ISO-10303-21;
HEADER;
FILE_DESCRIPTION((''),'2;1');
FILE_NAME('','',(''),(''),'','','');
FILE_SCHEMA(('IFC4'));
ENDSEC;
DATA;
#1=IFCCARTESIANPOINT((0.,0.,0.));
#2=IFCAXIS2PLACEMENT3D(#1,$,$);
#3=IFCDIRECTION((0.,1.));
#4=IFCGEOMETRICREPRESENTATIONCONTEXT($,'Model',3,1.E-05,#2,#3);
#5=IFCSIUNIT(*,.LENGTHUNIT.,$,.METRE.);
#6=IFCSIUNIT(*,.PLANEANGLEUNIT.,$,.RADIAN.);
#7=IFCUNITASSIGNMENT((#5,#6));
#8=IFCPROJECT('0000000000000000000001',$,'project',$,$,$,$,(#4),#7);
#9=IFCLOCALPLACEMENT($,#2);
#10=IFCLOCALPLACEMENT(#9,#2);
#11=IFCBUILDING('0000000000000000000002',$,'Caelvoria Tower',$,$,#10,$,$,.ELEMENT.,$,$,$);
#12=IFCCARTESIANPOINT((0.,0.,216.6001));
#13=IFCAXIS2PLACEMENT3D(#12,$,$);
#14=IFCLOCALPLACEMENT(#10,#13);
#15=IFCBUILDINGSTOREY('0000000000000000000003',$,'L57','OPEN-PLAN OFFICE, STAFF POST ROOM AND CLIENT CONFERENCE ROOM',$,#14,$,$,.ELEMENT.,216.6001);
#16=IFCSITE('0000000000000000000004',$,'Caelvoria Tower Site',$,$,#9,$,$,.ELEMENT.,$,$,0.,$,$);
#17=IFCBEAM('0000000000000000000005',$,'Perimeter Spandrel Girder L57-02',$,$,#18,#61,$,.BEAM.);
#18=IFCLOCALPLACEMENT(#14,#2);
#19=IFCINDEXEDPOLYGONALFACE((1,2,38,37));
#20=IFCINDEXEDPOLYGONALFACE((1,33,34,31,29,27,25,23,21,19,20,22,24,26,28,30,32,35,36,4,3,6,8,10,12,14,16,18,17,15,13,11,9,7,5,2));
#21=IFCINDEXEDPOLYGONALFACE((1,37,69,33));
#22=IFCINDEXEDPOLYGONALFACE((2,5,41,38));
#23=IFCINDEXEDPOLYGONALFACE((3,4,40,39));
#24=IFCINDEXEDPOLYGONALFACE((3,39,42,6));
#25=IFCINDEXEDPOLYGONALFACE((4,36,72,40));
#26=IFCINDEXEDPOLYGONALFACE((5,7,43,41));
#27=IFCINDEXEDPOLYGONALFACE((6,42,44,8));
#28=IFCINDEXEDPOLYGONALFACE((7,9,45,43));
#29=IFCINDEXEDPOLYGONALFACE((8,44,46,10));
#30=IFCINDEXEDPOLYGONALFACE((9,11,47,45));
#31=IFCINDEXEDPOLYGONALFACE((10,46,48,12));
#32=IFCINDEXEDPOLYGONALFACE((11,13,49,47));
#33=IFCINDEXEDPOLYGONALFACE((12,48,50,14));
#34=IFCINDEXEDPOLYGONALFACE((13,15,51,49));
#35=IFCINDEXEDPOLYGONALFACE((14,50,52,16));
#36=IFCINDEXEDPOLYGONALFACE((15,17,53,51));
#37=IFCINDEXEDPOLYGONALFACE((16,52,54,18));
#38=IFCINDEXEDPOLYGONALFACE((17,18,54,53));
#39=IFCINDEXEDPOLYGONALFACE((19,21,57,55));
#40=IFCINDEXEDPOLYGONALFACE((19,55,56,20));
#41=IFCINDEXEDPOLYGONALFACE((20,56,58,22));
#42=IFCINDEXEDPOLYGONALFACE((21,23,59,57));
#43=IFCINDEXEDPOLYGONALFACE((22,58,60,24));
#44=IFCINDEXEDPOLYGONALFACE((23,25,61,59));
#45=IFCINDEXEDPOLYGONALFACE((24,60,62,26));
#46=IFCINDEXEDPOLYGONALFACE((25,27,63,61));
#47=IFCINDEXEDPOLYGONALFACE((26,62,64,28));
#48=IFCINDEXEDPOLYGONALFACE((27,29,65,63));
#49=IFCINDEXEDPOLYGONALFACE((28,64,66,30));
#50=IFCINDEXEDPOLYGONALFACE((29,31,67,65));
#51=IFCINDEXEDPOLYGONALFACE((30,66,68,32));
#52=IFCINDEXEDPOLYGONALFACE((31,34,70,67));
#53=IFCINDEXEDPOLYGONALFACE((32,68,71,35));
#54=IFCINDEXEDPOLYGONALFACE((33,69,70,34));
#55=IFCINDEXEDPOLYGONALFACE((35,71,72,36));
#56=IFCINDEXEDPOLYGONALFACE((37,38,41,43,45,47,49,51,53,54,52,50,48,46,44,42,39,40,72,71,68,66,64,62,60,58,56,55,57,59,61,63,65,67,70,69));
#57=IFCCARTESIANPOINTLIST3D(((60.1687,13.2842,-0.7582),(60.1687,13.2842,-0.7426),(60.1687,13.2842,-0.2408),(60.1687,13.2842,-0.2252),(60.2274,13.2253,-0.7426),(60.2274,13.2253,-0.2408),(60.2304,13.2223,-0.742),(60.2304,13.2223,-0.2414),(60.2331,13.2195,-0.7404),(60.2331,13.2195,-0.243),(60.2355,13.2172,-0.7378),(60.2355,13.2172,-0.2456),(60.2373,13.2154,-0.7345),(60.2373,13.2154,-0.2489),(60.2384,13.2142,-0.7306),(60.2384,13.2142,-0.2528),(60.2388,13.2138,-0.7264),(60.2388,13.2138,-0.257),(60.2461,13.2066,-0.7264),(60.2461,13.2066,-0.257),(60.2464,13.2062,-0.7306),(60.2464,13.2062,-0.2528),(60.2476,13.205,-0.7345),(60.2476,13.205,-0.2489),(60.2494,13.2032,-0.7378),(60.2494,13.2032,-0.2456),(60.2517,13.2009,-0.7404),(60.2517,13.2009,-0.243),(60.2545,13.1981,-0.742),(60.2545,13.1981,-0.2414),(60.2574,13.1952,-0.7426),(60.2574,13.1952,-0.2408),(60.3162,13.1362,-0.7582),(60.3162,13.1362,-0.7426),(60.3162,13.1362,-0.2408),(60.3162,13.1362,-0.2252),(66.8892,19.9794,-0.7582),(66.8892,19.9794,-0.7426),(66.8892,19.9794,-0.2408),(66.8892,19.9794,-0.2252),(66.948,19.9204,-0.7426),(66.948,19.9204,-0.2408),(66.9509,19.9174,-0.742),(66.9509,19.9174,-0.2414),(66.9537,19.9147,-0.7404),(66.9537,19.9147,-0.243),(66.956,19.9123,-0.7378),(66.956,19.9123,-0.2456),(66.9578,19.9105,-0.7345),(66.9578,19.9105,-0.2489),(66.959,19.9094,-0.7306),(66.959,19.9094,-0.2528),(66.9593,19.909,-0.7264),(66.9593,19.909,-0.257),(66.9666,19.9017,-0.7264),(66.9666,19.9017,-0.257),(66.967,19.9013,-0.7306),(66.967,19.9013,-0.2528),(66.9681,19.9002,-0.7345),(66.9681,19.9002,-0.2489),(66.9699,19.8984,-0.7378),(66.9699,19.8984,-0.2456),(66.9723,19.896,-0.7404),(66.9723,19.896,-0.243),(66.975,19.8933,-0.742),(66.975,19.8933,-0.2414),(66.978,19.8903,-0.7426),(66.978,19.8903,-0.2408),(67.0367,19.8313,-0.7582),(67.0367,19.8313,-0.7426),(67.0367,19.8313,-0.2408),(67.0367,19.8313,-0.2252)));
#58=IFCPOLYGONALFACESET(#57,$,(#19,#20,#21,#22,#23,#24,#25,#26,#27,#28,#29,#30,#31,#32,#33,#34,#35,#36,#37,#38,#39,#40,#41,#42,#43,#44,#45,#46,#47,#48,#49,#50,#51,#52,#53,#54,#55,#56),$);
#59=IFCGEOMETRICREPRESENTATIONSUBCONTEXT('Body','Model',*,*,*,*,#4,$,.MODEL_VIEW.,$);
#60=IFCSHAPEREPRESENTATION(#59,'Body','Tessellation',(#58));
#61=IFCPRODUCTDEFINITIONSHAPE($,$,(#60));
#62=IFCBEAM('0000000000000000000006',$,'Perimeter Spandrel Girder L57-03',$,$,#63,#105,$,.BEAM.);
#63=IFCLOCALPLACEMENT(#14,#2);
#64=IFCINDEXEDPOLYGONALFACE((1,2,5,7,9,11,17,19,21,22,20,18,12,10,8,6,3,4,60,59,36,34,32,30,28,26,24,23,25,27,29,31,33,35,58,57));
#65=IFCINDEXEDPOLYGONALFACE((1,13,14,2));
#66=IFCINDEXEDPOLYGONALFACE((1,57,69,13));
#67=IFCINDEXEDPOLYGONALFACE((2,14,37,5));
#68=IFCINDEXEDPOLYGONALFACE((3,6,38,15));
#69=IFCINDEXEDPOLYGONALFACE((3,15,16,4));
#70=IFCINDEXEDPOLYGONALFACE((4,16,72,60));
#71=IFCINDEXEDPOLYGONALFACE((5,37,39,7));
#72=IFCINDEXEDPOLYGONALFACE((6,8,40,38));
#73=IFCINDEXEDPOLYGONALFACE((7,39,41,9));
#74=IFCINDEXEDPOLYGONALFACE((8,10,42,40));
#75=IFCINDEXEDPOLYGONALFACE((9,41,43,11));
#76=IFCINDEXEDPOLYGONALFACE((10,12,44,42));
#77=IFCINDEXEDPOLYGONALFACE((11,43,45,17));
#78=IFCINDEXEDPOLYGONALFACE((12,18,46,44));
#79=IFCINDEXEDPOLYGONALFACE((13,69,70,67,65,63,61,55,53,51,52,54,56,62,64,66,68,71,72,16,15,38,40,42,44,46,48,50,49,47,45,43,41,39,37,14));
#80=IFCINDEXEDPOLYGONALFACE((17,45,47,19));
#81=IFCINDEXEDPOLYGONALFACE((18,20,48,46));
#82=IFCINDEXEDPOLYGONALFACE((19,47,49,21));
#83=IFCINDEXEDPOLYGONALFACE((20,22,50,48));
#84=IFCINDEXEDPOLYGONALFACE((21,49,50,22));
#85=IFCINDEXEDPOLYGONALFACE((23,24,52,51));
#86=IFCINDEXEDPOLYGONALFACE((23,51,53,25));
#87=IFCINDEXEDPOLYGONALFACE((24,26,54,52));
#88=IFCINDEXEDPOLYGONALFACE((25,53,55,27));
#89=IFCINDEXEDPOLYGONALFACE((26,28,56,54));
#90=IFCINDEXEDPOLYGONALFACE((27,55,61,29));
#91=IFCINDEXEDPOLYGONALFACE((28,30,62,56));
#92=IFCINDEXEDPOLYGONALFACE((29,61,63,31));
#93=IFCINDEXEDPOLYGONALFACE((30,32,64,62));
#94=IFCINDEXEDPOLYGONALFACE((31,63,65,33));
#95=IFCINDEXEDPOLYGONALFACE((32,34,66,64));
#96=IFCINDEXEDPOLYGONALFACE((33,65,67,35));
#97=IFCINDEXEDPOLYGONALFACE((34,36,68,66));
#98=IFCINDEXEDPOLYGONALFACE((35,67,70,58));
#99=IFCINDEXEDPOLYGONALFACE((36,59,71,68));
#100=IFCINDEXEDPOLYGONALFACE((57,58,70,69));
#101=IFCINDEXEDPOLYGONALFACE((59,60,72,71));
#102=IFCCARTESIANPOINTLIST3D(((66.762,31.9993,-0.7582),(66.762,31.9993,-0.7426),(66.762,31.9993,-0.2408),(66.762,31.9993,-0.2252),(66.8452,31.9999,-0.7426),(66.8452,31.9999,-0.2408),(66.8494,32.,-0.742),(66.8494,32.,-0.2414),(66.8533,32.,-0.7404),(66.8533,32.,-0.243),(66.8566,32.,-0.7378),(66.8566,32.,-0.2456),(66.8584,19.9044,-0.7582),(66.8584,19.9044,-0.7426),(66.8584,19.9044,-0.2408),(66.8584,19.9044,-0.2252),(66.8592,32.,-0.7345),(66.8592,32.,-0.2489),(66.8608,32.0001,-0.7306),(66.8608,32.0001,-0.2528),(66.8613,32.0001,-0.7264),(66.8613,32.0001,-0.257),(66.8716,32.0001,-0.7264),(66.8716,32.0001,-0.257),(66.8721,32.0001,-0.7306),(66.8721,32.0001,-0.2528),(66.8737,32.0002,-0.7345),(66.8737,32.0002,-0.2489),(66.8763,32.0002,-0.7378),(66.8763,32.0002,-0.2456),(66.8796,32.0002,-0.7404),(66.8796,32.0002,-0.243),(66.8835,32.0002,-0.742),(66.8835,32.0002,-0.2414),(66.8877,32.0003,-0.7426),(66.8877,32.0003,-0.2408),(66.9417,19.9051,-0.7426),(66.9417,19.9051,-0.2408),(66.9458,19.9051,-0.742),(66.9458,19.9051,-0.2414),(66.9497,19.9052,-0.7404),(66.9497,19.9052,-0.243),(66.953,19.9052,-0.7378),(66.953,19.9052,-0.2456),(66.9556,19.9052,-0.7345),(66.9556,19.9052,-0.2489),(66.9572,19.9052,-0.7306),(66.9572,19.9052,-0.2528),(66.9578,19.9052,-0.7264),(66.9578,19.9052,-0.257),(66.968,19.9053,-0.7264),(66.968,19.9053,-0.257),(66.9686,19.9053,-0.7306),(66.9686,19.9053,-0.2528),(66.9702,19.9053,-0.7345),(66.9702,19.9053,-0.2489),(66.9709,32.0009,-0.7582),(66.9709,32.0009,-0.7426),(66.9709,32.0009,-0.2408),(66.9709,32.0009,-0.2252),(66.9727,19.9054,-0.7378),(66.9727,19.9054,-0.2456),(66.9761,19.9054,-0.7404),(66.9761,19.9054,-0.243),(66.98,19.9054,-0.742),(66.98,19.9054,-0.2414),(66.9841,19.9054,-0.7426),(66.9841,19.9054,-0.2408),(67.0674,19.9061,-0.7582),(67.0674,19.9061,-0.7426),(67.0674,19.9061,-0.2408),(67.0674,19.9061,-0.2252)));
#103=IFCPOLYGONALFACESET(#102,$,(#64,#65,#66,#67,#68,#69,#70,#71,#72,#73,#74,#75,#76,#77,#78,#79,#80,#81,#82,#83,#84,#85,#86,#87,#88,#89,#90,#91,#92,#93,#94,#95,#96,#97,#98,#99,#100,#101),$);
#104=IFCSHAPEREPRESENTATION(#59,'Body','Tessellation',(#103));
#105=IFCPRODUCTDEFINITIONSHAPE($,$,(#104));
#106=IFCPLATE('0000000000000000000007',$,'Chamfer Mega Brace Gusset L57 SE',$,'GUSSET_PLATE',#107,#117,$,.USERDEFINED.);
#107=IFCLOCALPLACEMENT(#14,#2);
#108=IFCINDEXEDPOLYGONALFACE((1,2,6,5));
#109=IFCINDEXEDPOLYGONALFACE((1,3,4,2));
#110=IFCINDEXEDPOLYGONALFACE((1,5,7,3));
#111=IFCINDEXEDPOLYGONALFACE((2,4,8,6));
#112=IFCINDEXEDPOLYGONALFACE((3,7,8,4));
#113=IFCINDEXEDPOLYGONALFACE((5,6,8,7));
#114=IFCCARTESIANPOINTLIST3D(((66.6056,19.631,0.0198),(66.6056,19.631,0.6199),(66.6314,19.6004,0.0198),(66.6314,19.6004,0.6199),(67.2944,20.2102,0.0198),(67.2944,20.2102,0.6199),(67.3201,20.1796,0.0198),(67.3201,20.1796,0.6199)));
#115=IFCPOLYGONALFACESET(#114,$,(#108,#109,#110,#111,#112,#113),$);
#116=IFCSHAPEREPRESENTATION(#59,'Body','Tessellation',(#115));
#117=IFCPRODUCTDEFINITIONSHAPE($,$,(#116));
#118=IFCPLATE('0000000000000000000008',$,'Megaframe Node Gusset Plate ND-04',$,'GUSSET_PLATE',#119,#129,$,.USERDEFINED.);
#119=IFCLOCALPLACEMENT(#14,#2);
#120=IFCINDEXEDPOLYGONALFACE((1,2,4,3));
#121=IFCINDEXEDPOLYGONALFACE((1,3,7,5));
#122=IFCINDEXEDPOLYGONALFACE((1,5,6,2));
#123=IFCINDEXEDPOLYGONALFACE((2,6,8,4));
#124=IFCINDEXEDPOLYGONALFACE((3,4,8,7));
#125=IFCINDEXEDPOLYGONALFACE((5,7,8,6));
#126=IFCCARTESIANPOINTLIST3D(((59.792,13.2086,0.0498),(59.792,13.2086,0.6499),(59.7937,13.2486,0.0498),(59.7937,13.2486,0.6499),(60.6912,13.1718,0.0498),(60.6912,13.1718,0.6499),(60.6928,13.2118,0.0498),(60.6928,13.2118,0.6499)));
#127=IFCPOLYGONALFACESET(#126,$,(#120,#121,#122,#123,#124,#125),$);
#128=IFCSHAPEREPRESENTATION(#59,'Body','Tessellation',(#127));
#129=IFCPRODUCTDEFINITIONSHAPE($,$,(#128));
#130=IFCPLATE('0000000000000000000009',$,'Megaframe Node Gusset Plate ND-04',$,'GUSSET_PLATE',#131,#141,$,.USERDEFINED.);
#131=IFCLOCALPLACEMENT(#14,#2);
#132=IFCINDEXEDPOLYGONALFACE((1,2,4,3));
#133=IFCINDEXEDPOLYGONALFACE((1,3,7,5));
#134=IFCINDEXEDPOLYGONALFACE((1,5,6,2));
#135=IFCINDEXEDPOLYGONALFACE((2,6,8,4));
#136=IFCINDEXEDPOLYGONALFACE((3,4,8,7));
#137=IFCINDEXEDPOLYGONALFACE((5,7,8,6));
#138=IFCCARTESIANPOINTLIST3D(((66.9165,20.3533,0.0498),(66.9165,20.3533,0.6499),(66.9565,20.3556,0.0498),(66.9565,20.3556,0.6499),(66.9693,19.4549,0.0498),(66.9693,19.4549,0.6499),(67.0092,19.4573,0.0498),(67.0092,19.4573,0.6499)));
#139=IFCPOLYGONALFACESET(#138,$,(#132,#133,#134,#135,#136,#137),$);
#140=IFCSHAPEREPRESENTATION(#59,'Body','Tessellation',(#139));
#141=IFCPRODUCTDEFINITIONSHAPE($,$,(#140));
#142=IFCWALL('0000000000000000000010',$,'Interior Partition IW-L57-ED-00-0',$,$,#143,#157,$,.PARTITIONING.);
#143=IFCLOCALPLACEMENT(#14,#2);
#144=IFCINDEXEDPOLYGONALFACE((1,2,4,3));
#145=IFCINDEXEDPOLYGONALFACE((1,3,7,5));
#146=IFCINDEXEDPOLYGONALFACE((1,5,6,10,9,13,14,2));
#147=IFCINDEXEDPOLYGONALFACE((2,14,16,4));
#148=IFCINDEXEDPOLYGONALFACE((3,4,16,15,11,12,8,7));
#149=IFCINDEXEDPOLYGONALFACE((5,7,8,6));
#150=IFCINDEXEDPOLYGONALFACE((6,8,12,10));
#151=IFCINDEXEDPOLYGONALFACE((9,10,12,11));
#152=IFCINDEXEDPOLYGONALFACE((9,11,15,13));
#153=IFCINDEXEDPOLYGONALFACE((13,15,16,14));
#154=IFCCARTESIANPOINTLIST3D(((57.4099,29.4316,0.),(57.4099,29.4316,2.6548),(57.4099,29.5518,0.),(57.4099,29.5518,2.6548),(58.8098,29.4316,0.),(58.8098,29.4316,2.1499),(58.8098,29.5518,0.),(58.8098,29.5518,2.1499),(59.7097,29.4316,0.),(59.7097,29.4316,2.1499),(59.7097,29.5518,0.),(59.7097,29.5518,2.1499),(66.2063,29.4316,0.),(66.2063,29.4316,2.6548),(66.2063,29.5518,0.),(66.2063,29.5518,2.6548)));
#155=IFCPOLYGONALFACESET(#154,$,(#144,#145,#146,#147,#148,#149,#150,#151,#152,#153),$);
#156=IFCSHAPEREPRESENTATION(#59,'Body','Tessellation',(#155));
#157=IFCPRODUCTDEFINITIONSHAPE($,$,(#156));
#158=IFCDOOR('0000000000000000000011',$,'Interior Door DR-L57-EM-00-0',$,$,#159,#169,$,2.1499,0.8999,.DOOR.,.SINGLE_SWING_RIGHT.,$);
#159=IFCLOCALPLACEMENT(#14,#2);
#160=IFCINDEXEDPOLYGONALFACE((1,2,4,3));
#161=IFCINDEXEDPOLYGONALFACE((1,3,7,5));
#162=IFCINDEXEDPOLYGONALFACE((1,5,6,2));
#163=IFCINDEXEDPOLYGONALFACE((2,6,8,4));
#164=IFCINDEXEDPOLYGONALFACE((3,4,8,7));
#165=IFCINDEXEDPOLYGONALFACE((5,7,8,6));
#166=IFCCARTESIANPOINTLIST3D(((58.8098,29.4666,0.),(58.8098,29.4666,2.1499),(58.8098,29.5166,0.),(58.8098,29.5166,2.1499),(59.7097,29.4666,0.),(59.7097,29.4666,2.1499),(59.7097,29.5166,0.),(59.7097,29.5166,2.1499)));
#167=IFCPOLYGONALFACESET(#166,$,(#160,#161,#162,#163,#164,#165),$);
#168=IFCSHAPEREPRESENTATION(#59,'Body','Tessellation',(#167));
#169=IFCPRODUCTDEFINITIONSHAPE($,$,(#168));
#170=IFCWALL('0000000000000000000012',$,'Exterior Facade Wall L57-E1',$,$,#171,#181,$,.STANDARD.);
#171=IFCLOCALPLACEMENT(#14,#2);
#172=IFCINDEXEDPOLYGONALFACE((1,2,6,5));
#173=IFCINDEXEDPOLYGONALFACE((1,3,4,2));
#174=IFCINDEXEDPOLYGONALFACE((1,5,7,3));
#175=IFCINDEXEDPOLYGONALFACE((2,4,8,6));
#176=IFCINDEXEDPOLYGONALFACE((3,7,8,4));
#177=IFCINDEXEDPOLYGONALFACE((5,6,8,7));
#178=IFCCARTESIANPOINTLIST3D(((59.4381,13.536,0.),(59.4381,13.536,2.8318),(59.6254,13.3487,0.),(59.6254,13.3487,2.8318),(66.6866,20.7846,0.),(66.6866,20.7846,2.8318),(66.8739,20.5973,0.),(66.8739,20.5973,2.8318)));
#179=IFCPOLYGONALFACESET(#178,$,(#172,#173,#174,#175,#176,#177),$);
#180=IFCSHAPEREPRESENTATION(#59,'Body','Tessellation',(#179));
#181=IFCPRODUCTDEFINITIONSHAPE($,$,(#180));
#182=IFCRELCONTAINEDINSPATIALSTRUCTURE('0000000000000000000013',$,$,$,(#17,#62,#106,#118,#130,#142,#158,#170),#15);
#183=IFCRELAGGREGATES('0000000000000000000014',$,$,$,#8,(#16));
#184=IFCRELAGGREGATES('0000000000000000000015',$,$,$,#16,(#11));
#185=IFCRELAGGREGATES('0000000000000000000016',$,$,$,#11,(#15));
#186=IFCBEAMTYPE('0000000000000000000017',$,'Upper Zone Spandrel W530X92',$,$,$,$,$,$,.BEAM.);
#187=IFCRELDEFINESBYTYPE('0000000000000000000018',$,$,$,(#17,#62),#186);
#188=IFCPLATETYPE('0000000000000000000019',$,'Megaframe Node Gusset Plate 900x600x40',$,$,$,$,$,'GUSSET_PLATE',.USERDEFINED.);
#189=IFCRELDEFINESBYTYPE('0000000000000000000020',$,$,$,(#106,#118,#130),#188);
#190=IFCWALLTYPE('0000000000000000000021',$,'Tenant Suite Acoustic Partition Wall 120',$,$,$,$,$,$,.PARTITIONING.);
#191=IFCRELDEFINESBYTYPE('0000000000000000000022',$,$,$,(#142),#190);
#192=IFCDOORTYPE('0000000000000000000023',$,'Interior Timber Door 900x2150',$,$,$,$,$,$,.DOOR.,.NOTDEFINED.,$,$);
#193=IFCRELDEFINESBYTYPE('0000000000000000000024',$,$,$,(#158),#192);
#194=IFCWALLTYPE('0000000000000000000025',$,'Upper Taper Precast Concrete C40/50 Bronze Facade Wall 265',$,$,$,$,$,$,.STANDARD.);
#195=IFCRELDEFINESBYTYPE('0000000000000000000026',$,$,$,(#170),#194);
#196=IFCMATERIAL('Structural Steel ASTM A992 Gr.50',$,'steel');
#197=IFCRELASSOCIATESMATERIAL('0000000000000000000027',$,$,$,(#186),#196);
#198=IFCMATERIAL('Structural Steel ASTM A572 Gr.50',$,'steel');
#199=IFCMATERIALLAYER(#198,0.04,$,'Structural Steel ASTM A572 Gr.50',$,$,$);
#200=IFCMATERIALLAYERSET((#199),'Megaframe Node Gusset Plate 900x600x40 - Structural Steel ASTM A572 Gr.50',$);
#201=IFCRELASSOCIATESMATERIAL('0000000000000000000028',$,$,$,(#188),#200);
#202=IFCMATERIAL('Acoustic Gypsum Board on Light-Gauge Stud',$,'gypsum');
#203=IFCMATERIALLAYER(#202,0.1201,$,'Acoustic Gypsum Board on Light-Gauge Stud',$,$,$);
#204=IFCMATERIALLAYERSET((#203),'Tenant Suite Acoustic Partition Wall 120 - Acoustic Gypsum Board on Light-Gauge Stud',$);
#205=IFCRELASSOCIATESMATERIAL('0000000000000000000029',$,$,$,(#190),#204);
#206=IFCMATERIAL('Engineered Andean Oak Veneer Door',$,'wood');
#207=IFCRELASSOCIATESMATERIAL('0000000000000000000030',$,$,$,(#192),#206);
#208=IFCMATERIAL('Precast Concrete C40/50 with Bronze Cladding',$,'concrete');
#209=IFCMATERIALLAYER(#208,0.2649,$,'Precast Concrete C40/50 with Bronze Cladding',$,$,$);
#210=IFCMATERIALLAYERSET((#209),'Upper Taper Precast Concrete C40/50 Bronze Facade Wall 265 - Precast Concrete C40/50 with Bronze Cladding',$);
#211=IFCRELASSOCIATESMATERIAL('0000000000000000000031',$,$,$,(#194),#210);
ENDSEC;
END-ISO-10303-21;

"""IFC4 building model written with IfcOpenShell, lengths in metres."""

from ifc_helpers import new_model, si_unit, direction, frame, frame_2d, origin, origin_2d, place, context, subcontext, project, spatial, rectangle, i_section, extrude, material, layer, layer_set, material_profile, profile_set, type_object, element, fill, save


model = new_model("IFC4")

# Units and contexts
model_context = context("Model", 3, precision=1e-05, world=origin(), true_north=direction((0.0, 1.0)))
body_context = subcontext(model_context, "Body", "Model", "MODEL_VIEW")
ifc_project = project(units=[si_unit("LENGTHUNIT", "METRE"), si_unit("PLANEANGLEUNIT", "RADIAN")], contexts=[model_context])

# Site, building, storey
site_placement = place(None, origin())
site = spatial("IfcSite", under=ifc_project, at=site_placement, Name="Caelvoria Tower Site", CompositionType="ELEMENT", RefElevation=0.0)
building_placement = place(site_placement, origin())
building = spatial("IfcBuilding", under=site, at=building_placement, Name="Caelvoria Tower", CompositionType="ELEMENT")
storey_placement = place(building_placement, frame((0.0, 0.0, 216.6001)))
storey = spatial("IfcBuildingStorey", under=building, at=storey_placement, Name="L57", Description="OPEN-PLAN OFFICE, STAFF POST ROOM AND CLIENT CONFERENCE ROOM", CompositionType="ELEMENT", Elevation=216.6001)

# Shared definitions
ifc_material_1 = material(Name="Structural Steel ASTM A572 Gr.50", Category="steel")
ifc_material_2 = material(Name="Structural Steel ASTM A992 Gr.50", Category="steel")

# Beams
ifc_material_profile_1 = material_profile(ifc_material_2, i_section(OverallWidth=0.209, OverallDepth=0.533, WebThickness=0.0103, FlangeThickness=0.0156, FilletRadius=0.0161, at=origin_2d()), Name="Structural Steel ASTM A992 Gr.50")
ifc_profile_set_1 = profile_set([ifc_material_profile_1], Name="W530X92 - Structural Steel ASTM A992 Gr.50")
beam_type_1 = type_object("IfcBeamType", Name="Upper Zone Spandrel W530X92", PredefinedType="BEAM", material=ifc_profile_set_1)
beam_1_placement = place(storey_placement, frame((60.2424, 13.2102, -0.4917), z_axis=(0.708444, 0.705767, 0.0), x_axis=(-0.705767, 0.708444, 0.0)))
element("IfcBeam", 1, at=beam_1_placement, inside=storey, type_object=beam_type_1, Name="Perimeter Spandrel Girder L57-02", PredefinedType="BEAM", context=body_context, shape_type="SweptSolid", body=[
    extrude(i_section(OverallWidth=0.209, OverallDepth=0.533, WebThickness=0.0103, FlangeThickness=0.0156, FilletRadius=0.0161, at=origin_2d()), origin(), (0.0, 0.0, 1.0), 9.4863),
])
beam_2_placement = place(storey_placement, frame((66.9629, 19.9053, -0.4917), z_axis=(-0.007973, 0.999968, 0.0), x_axis=(-0.999968, -0.007973, 0.0)))
element("IfcBeam", 2, at=beam_2_placement, inside=storey, type_object=beam_type_1, Name="Perimeter Spandrel Girder L57-03", PredefinedType="BEAM", context=body_context, shape_type="SweptSolid", body=[
    extrude(i_section(OverallWidth=0.209, OverallDepth=0.533, WebThickness=0.0103, FlangeThickness=0.0156, FilletRadius=0.0161, at=origin_2d()), origin(), (0.0, 0.0, 1.0), 12.0952),
])

# Plates
ifc_layer_1 = layer(ifc_material_1, 0.04, Name="Structural Steel ASTM A572 Gr.50")
ifc_layer_set_1 = layer_set([ifc_layer_1], Name="Megaframe Node Gusset Plate 900x600x40 - Structural Steel ASTM A572 Gr.50")
plate_type = type_object("IfcPlateType", Name="Megaframe Node Gusset Plate 900x600x40", ElementType="GUSSET_PLATE", PredefinedType="USERDEFINED", material=ifc_layer_set_1)
for number, where, z_axis, x_axis, name in (
    (3, (66.9629, 19.9053, 0.0198), (0.0, 0.0, 1.0), (-0.765339, -0.643627, 0.0), "Chamfer Mega Brace Gusset L57 SE"),
    (4, (60.2424, 13.2102, 0.0498), (0.0, 0.0, 1.0), (-0.999165, 0.040864, 0.0), "Megaframe Node Gusset Plate ND-04"),
    (5, (66.9629, 19.9053, 0.0498), (0.0, 0.0, 1.0), (-0.058611, 0.998281, 0.0), "Megaframe Node Gusset Plate ND-04"),
):
    element("IfcPlate", number, at=place(storey_placement, frame(where, z_axis=z_axis, x_axis=x_axis)), inside=storey, type_object=plate_type, Name=name, ObjectType="GUSSET_PLATE", PredefinedType="USERDEFINED", context=body_context, shape_type="SweptSolid", body=[
        extrude(rectangle(XDim=0.8999, YDim=0.04, at=origin_2d()), origin(), (0.0, 0.0, 1.0), 0.6001),
    ])

# Wall, opening, door
ifc_material_3 = material(Name="Acoustic Gypsum Board on Light-Gauge Stud", Category="gypsum")
ifc_layer_2 = layer(ifc_material_3, 0.1201, Name="Acoustic Gypsum Board on Light-Gauge Stud")
ifc_layer_set_2 = layer_set([ifc_layer_2], Name="Tenant Suite Acoustic Partition Wall 120 - Acoustic Gypsum Board on Light-Gauge Stud")
wall_type_1 = type_object("IfcWallType", Name="Tenant Suite Acoustic Partition Wall 120", PredefinedType="PARTITIONING", material=ifc_layer_set_2)
wall_1_placement = place(storey_placement, frame((57.4099, 29.4917, 0.0), z_axis=(0.0, 0.0, 1.0), x_axis=(1.0, 0.0, 0.0)))
wall_1 = element("IfcWall", 6, at=wall_1_placement, inside=storey, type_object=wall_type_1, Name="Interior Partition IW-L57-ED-00-0", PredefinedType="PARTITIONING", context=body_context, shape_type="SweptSolid", body=[
    extrude(rectangle(XDim=8.7964, YDim=0.1201, at=frame_2d((4.3982, 0.0))), origin(), (0.0, 0.0, 1.0), 2.6548),
])
opening_placement = place(wall_1_placement, frame((1.3999, 0.0, 0.0)))
opening = element("IfcOpeningElement", 7, at=opening_placement, cuts=wall_1, PredefinedType="OPENING", context=body_context, shape_type="SweptSolid", body=[
    extrude(rectangle(XDim=0.8999, YDim=2.1499, at=frame_2d((0.45, 1.075))), frame((0.0, 0.0701, 0.0), z_axis=(0.0, -1.0, 0.0), x_axis=(1.0, 0.0, 0.0)), (0.0, 0.0, 1.0), 0.1401),
])
ifc_material_4 = material(Name="Engineered Andean Oak Veneer Door", Category="wood")
door_type = type_object("IfcDoorType", Name="Interior Timber Door 900x2150", OperationType="NOTDEFINED", PredefinedType="DOOR", material=ifc_material_4)
door_placement = place(opening_placement, origin())
door = element("IfcDoor", 8, at=door_placement, inside=storey, type_object=door_type, Name="Interior Door DR-L57-EM-00-0", OperationType="SINGLE_SWING_RIGHT", OverallHeight=2.1499, OverallWidth=0.8999, PredefinedType="DOOR", context=body_context, shape_type="SweptSolid", body=[
    extrude(rectangle(XDim=0.8999, YDim=2.1499, at=frame_2d((0.45, 1.075))), frame((0.0, 0.0249, 0.0), z_axis=(0.0, -1.0, 0.0), x_axis=(1.0, 0.0, 0.0)), (0.0, 0.0, 1.0), 0.05),
])
fill(opening, door)

# Wall
ifc_material_5 = material(Name="Precast Concrete C40/50 with Bronze Cladding", Category="concrete")
ifc_layer_3 = layer(ifc_material_5, 0.2649, Name="Precast Concrete C40/50 with Bronze Cladding")
ifc_layer_set_3 = layer_set([ifc_layer_3], Name="Upper Taper Precast Concrete C40/50 Bronze Facade Wall 265 - Precast Concrete C40/50 with Bronze Cladding")
wall_type_2 = type_object("IfcWallType", Name="Upper Taper Precast Concrete C40/50 Bronze Facade Wall 265", PredefinedType="STANDARD", material=ifc_layer_set_3)
wall_2_placement = place(storey_placement, frame((59.5317, 13.4424, 0.0), z_axis=(0.0, 0.0, 1.0), x_axis=(0.707107, 0.707107, 0.0)))
element("IfcWall", 9, at=wall_2_placement, inside=storey, type_object=wall_type_2, Name="Exterior Facade Wall L57-E1", PredefinedType="STANDARD", context=body_context, shape_type="SweptSolid", body=[
    extrude(rectangle(XDim=10.251, YDim=0.2649, at=frame_2d((5.1255, 0.0))), origin(), (0.0, 0.0, 1.0), 2.8318),
])

save(model, "model.ifc")
